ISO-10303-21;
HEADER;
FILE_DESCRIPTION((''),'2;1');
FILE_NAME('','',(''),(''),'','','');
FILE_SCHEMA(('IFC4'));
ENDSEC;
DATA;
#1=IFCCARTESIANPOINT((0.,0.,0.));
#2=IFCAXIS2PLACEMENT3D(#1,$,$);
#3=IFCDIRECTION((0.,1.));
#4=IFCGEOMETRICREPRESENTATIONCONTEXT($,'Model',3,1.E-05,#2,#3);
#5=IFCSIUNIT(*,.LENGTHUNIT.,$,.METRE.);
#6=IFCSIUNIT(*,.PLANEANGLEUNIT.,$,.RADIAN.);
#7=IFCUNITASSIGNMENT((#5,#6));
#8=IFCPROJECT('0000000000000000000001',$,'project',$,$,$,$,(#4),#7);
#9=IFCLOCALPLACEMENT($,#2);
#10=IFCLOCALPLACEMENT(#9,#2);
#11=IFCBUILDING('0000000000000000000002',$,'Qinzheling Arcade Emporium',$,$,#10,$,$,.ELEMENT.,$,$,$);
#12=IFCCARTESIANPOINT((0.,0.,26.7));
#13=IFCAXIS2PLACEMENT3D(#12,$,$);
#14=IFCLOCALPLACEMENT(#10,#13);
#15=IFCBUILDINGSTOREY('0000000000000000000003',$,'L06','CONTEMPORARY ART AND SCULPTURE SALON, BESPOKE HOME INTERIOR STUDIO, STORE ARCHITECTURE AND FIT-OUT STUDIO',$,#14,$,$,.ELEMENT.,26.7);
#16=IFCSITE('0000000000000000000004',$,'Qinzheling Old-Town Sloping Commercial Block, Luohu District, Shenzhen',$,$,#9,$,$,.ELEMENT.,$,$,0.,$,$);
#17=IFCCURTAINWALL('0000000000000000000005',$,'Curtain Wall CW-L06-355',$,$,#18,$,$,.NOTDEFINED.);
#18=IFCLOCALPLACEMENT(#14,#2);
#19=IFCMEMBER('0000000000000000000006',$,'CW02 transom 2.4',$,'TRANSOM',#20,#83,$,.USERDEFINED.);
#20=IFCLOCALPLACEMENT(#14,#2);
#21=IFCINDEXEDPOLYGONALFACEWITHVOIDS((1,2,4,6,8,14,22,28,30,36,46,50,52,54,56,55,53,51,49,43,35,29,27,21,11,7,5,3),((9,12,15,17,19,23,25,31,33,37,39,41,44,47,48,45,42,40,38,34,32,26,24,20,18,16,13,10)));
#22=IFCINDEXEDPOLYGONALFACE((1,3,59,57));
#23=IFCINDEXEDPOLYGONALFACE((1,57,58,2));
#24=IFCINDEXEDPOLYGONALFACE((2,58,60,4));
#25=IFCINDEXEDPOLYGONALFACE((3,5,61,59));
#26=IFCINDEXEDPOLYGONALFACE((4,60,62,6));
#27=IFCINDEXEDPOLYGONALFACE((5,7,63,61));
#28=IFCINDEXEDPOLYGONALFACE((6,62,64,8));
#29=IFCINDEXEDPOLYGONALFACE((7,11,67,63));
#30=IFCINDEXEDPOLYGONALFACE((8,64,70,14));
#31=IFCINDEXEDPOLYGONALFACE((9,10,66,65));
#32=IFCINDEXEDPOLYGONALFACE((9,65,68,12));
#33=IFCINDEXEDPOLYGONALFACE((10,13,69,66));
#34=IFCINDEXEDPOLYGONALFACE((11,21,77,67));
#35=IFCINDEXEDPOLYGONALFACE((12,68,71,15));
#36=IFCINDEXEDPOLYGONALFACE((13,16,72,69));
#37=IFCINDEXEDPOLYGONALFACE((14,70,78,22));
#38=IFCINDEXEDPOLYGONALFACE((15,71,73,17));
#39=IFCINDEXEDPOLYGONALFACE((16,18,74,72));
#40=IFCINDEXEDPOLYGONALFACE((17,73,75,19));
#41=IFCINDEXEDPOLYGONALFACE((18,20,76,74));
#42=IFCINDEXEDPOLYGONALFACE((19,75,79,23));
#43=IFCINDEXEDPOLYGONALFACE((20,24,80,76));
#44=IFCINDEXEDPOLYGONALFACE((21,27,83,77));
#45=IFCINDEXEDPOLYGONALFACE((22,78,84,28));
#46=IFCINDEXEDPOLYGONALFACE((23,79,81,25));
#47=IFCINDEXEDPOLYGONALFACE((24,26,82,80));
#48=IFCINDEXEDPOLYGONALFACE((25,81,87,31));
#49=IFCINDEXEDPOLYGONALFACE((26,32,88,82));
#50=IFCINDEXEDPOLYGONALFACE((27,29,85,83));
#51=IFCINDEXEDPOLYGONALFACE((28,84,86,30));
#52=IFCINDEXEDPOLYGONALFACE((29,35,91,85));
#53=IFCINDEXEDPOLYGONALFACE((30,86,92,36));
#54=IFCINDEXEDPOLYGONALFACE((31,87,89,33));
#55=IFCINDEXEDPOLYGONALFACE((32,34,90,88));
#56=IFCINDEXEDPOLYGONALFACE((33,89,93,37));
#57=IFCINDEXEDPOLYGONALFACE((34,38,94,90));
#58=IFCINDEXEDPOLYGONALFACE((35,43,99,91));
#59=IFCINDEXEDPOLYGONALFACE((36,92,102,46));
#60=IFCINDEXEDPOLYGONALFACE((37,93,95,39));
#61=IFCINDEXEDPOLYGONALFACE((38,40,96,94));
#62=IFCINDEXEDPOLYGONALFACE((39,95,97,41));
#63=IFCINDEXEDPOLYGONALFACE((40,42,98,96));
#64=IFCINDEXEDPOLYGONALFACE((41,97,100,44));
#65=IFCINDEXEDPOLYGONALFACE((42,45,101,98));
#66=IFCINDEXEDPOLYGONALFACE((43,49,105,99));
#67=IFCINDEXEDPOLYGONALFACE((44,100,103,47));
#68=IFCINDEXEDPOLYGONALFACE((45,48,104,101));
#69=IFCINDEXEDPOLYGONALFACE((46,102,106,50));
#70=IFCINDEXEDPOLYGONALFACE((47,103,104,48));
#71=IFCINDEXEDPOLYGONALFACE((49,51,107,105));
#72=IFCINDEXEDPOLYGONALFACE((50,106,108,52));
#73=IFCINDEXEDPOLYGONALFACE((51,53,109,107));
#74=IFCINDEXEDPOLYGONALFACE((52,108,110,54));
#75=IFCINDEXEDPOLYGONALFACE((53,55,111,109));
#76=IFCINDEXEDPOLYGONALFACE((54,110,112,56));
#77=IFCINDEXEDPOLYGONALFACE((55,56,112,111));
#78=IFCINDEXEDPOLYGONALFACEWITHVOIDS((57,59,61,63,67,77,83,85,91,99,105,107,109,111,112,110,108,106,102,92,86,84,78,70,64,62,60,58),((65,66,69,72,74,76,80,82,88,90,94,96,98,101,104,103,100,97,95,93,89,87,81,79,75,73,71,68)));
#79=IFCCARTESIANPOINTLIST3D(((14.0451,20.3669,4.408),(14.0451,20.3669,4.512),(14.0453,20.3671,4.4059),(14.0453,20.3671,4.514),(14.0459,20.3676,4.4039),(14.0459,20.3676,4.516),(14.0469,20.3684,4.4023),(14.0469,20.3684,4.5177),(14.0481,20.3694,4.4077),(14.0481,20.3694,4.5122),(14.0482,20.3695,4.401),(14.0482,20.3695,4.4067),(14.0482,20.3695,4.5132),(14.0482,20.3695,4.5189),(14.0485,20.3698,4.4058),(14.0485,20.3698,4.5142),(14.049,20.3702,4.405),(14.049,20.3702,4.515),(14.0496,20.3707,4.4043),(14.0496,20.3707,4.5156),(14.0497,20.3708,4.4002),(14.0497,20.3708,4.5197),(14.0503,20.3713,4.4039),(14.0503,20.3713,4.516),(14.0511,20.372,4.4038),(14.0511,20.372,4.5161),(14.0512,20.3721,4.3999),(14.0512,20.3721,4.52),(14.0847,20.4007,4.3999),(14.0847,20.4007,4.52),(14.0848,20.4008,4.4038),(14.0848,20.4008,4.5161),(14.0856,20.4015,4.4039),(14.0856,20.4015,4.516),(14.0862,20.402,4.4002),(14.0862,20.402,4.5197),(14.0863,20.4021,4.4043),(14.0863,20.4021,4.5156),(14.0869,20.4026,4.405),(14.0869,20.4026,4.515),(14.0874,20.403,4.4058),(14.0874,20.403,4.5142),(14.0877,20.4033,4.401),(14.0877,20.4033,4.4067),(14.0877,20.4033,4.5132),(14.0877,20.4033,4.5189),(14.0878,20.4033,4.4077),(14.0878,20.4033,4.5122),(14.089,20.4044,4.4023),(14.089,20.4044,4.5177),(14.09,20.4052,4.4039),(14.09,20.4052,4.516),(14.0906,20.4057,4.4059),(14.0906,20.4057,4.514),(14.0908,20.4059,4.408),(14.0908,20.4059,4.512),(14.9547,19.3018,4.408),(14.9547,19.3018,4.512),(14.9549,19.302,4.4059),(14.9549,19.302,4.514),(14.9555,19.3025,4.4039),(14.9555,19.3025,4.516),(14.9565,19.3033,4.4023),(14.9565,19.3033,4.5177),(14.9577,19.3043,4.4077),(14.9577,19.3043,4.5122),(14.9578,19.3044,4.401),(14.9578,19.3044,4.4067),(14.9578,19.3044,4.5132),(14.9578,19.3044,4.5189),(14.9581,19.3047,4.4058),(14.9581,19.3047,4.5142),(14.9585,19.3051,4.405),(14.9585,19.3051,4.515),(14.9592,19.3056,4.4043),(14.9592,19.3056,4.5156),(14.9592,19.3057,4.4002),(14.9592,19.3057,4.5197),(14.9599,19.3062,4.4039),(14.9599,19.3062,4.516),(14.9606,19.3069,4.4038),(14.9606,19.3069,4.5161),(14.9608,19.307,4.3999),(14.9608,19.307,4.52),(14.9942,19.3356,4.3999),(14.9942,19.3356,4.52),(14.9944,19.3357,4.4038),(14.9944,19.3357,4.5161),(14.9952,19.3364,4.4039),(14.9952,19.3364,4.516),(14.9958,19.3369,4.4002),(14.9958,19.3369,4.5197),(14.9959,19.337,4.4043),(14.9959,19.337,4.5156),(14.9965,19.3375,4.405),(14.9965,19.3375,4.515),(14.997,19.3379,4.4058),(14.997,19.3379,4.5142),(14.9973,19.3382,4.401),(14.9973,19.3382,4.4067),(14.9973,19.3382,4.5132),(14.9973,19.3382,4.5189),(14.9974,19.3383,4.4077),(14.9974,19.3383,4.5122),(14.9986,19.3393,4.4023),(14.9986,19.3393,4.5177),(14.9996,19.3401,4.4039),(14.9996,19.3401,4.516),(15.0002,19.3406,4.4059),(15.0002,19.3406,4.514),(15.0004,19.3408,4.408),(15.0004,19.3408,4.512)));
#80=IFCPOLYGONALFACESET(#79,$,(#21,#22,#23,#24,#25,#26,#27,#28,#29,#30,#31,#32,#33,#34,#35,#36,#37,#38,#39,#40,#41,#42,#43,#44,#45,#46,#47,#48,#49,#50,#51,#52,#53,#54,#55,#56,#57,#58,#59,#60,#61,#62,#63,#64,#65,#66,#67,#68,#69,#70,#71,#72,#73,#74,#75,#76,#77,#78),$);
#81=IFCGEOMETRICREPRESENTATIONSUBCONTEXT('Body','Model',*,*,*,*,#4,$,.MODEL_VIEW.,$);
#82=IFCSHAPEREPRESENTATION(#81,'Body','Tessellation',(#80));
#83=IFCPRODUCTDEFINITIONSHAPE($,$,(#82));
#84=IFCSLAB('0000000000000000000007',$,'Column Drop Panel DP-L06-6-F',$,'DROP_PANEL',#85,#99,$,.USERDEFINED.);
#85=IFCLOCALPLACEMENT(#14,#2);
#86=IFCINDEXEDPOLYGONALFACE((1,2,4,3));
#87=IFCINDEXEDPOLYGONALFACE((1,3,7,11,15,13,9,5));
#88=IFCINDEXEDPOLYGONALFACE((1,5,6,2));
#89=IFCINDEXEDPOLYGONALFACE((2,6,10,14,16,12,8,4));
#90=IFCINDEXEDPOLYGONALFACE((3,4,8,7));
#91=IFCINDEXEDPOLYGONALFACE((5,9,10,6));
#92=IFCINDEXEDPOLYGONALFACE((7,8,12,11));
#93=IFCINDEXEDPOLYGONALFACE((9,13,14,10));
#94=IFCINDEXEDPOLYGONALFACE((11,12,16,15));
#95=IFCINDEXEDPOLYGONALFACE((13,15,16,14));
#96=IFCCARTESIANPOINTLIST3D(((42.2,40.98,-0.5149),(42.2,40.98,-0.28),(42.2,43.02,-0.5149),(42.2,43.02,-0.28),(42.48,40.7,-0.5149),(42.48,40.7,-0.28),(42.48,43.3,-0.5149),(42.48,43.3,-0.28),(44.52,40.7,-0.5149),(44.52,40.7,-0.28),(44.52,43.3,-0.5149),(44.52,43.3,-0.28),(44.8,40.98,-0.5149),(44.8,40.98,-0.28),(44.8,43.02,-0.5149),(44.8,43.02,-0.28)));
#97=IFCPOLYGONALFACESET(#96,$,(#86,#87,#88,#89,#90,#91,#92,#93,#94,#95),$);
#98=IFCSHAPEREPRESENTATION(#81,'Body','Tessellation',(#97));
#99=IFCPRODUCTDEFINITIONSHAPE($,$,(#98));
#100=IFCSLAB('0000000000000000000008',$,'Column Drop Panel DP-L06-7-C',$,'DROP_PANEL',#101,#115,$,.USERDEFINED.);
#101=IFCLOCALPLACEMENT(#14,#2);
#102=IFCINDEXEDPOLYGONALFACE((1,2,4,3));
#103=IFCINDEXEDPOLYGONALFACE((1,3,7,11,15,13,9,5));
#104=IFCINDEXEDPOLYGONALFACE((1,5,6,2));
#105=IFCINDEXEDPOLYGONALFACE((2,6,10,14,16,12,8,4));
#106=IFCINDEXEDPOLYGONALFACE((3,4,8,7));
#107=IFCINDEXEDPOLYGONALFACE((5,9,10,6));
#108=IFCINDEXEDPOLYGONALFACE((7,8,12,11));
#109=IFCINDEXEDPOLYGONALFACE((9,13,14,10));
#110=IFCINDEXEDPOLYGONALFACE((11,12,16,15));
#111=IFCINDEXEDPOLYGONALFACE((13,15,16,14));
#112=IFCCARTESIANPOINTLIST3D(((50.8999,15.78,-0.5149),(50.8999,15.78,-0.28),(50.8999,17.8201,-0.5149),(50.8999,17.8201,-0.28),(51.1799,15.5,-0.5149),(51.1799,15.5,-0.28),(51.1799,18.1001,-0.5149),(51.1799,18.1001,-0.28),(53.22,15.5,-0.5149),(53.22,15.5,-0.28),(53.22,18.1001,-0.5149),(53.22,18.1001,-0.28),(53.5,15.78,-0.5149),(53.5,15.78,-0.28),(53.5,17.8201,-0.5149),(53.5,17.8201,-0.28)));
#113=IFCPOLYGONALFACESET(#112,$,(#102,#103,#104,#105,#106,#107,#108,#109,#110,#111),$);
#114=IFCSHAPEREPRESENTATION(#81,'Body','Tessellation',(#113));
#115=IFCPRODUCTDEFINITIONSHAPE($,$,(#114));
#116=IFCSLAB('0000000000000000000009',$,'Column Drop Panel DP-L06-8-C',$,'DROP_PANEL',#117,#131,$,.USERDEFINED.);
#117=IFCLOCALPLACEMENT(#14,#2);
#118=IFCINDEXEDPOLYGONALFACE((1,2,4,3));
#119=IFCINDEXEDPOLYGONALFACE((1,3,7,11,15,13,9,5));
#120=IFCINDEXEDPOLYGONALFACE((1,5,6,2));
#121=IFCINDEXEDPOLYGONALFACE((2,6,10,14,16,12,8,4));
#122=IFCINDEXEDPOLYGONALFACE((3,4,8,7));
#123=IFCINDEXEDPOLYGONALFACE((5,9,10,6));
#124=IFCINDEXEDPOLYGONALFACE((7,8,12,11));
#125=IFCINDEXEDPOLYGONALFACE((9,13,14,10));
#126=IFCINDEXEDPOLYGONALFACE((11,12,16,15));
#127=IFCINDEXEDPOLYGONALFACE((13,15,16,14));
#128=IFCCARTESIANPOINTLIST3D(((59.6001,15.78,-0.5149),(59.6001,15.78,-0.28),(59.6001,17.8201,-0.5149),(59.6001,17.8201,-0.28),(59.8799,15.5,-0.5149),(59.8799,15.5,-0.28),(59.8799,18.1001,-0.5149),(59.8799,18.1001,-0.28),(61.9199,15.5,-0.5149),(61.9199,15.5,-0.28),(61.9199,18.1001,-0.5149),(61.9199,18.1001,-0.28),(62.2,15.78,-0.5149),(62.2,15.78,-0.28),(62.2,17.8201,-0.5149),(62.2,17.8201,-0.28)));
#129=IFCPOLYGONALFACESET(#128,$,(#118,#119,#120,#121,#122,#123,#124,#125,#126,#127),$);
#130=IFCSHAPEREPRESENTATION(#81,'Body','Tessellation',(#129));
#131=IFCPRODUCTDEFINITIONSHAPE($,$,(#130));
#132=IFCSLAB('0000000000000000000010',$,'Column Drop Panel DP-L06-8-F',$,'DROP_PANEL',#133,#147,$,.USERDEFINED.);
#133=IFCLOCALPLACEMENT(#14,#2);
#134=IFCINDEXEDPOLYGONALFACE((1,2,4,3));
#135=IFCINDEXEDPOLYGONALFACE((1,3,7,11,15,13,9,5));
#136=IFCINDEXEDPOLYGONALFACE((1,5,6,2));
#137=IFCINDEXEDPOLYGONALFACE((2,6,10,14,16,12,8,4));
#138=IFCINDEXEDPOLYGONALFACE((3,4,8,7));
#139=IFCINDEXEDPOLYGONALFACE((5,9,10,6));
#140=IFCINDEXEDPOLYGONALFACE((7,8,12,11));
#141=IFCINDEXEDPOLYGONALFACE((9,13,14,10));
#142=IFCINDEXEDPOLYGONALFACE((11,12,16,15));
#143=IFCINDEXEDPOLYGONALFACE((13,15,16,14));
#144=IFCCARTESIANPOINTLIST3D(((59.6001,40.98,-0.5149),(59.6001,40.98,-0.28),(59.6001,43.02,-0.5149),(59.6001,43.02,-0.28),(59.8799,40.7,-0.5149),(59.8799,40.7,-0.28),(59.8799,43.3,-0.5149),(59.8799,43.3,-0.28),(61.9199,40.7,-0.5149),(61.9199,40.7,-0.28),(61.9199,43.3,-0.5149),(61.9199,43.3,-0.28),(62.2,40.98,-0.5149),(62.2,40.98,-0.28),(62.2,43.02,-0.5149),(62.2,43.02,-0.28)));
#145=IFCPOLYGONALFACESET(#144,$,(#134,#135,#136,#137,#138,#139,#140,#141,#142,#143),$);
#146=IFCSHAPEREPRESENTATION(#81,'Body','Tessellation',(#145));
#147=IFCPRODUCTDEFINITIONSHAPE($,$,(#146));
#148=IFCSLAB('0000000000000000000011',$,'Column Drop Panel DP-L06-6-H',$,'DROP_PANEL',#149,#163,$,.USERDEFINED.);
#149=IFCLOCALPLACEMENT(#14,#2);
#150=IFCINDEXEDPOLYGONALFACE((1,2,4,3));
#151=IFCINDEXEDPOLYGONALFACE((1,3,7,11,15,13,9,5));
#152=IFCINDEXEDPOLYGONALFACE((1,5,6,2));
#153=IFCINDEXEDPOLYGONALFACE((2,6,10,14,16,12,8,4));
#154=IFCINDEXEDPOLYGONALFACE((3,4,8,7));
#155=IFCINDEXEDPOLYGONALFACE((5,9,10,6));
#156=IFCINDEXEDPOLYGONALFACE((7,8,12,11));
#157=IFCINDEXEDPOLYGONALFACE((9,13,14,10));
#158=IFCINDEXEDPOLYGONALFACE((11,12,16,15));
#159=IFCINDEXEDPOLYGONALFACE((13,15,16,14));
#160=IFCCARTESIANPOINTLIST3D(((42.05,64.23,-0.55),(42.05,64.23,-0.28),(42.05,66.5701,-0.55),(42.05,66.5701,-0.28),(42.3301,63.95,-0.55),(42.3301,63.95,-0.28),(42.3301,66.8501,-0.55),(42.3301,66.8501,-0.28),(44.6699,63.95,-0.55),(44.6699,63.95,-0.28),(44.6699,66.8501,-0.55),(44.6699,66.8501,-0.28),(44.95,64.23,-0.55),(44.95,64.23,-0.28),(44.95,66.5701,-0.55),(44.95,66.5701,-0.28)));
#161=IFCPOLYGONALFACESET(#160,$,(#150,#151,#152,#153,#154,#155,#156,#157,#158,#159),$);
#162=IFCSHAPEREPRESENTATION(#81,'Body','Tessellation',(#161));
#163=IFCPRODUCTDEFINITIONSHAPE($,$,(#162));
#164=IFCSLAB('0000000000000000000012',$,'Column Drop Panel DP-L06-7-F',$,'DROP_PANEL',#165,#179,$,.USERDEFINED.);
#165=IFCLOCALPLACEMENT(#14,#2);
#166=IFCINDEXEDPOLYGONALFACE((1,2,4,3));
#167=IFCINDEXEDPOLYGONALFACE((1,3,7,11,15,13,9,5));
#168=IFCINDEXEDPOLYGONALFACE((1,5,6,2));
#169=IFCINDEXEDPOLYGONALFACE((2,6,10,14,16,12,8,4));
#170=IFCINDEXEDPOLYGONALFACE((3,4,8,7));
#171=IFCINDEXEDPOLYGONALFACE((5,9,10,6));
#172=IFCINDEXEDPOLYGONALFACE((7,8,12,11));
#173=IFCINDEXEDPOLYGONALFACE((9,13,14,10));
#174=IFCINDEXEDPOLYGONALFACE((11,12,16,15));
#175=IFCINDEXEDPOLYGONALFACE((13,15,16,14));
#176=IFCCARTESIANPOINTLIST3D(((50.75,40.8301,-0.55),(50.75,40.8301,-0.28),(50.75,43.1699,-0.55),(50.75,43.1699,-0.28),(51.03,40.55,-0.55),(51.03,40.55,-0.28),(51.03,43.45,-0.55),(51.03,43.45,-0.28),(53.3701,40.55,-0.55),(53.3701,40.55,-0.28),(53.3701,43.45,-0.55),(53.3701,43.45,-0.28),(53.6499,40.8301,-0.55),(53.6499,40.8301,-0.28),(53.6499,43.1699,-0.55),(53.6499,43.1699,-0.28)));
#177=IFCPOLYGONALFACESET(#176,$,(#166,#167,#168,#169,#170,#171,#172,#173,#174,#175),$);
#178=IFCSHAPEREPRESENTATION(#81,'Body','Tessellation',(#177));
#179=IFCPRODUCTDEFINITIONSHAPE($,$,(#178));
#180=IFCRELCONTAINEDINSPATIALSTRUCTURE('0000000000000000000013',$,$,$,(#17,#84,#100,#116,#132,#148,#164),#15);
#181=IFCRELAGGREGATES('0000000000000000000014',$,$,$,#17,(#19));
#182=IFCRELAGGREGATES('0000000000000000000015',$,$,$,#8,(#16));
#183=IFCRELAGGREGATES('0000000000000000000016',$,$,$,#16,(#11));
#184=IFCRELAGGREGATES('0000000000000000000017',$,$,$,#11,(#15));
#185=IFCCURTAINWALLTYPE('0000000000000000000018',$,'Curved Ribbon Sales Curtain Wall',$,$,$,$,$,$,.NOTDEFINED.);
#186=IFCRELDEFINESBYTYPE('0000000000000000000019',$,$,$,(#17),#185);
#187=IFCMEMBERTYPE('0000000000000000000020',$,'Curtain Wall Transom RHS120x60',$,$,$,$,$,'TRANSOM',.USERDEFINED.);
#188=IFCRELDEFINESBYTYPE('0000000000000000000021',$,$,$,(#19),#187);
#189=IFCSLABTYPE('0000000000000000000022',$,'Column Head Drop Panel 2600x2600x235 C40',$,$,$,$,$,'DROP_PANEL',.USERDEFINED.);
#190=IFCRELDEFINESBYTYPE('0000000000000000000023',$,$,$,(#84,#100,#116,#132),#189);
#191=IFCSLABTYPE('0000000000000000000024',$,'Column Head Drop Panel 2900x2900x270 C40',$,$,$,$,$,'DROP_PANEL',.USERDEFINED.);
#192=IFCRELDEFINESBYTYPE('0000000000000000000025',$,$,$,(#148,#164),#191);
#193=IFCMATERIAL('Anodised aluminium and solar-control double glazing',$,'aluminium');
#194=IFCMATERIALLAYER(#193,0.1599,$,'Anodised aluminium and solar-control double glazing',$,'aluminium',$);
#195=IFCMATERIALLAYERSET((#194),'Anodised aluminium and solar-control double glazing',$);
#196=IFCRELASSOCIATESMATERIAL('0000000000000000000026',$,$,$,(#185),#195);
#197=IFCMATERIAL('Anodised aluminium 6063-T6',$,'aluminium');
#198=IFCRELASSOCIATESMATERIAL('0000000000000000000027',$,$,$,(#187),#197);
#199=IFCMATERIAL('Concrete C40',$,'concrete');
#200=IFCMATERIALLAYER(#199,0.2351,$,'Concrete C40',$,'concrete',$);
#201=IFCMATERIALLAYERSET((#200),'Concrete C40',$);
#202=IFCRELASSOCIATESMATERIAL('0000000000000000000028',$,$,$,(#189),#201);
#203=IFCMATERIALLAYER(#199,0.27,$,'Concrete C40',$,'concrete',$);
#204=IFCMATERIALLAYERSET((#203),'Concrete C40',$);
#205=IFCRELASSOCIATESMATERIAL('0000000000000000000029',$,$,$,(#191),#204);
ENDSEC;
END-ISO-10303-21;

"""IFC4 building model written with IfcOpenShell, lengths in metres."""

from ifc_helpers import new_model, si_unit, direction, frame, origin, origin_2d, place, context, subcontext, project, spatial, polyline, hollow_rectangle, outline, extrude, material, layer, layer_set, material_profile, profile_set, type_object, element, aggregate, save


model = new_model("IFC4")

# Units and contexts
model_context = context("Model", 3, precision=1e-05, world=origin(), true_north=direction((0.0, 1.0)))
body_context = subcontext(model_context, "Body", "Model", "MODEL_VIEW")
ifc_project = project(units=[si_unit("LENGTHUNIT", "METRE"), si_unit("PLANEANGLEUNIT", "RADIAN")], contexts=[model_context])

# Site, building, storey
site_placement = place(None, origin())
site = spatial("IfcSite", under=ifc_project, at=site_placement, Name="Qinzheling Old-Town Sloping Commercial Block, Luohu District, Shenzhen", CompositionType="ELEMENT", RefElevation=0.0)
building_placement = place(site_placement, origin())
building = spatial("IfcBuilding", under=site, at=building_placement, Name="Qinzheling Arcade Emporium", CompositionType="ELEMENT")
storey_placement = place(building_placement, frame((0.0, 0.0, 26.7)))
storey = spatial("IfcBuildingStorey", under=building, at=storey_placement, Name="L06", Description="CONTEMPORARY ART AND SCULPTURE SALON, BESPOKE HOME INTERIOR STUDIO, STORE ARCHITECTURE AND FIT-OUT STUDIO", CompositionType="ELEMENT", Elevation=26.7)

# Curtain wall, member
ifc_material_1 = material(Name="Anodised aluminium and solar-control double glazing", Category="aluminium")
ifc_layer_1 = layer(ifc_material_1, 0.1599, Name="Anodised aluminium and solar-control double glazing", Category="aluminium")
ifc_layer_set_1 = layer_set([ifc_layer_1], Name="Anodised aluminium and solar-control double glazing")
curtain_wall_type = type_object("IfcCurtainWallType", Name="Curved Ribbon Sales Curtain Wall", PredefinedType="NOTDEFINED", material=ifc_layer_set_1)
curtain_wall_placement = place(storey_placement, origin())
curtain_wall = element("IfcCurtainWall", 1, at=curtain_wall_placement, inside=storey, type_object=curtain_wall_type, Name="Curtain Wall CW-L06-355", PredefinedType="NOTDEFINED")
ifc_material_2 = material(Name="Anodised aluminium 6063-T6", Category="aluminium")
ifc_material_profile_1 = material_profile(ifc_material_2, hollow_rectangle(XDim=0.0601, YDim=0.1201, WallThickness=0.0039, InnerFilletRadius=0.0039, OuterFilletRadius=0.0081, at=origin_2d()), Name="RHS 120x60x4", Category="aluminium")
ifc_profile_set_1 = profile_set([ifc_material_profile_1], Name="Anodised aluminium 6063-T6")
member_type_1 = type_object("IfcMemberType", Name="Curtain Wall Transom RHS120x60", ElementType="TRANSOM", PredefinedType="USERDEFINED", material=ifc_profile_set_1)
member_1_placement = place(storey_placement, frame((14.9775, 19.3213, 4.46), z_axis=(-0.649412, 0.760436, 0.0), x_axis=(-0.760436, -0.649412, 0.0)))
member_1 = element("IfcMember", 2, at=member_1_placement, type_object=member_type_1, Name="CW02 transom 2.4", ObjectType="TRANSOM", PredefinedType="USERDEFINED", context=body_context, shape_type="SweptSolid", body=[
    extrude(hollow_rectangle(XDim=0.0601, YDim=0.1201, WallThickness=0.0039, InnerFilletRadius=0.0039, OuterFilletRadius=0.0081, at=origin_2d()), origin(), (0.0, 0.0, 1.0), 1.4006),
])

# Slabs
ifc_material_3 = material(Name="Concrete C40", Category="concrete")
ifc_layer_2 = layer(ifc_material_3, 0.2351, Name="Concrete C40", Category="concrete")
ifc_layer_set_2 = layer_set([ifc_layer_2], Name="Concrete C40")
slab_type_1 = type_object("IfcSlabType", Name="Column Head Drop Panel 2600x2600x235 C40", ElementType="DROP_PANEL", PredefinedType="USERDEFINED", material=ifc_layer_set_2)
slab_1_placement = place(storey_placement, frame((0.0, 0.0, -0.5149)))
element("IfcSlab", 3, at=slab_1_placement, inside=storey, type_object=slab_type_1, Name="Column Drop Panel DP-L06-6-F", ObjectType="DROP_PANEL", PredefinedType="USERDEFINED", context=body_context, shape_type="SweptSolid", body=[
    extrude(outline(polyline([(42.48, 40.7), (44.52, 40.7), (44.8, 40.98), (44.8, 43.02), (44.52, 43.3), (42.48, 43.3), (42.2, 43.02), (42.2, 40.98), (42.48, 40.7)])), origin(), (0.0, 0.0, 1.0), 0.2349),
])
slab_2_placement = place(storey_placement, frame((0.0, 0.0, -0.5149)))
element("IfcSlab", 4, at=slab_2_placement, inside=storey, type_object=slab_type_1, Name="Column Drop Panel DP-L06-7-C", ObjectType="DROP_PANEL", PredefinedType="USERDEFINED", context=body_context, shape_type="SweptSolid", body=[
    extrude(outline(polyline([(51.1799, 15.5), (53.22, 15.5), (53.5, 15.78), (53.5, 17.8201), (53.22, 18.1001), (51.1799, 18.1001), (50.8999, 17.8201), (50.8999, 15.78), (51.1799, 15.5)])), origin(), (0.0, 0.0, 1.0), 0.2349),
])
slab_3_placement = place(storey_placement, frame((0.0, 0.0, -0.5149)))
element("IfcSlab", 5, at=slab_3_placement, inside=storey, type_object=slab_type_1, Name="Column Drop Panel DP-L06-8-C", ObjectType="DROP_PANEL", PredefinedType="USERDEFINED", context=body_context, shape_type="SweptSolid", body=[
    extrude(outline(polyline([(59.8799, 15.5), (61.9199, 15.5), (62.2, 15.78), (62.2, 17.8201), (61.9199, 18.1001), (59.8799, 18.1001), (59.6001, 17.8201), (59.6001, 15.78), (59.8799, 15.5)])), origin(), (0.0, 0.0, 1.0), 0.2349),
])
slab_4_placement = place(storey_placement, frame((0.0, 0.0, -0.5149)))
element("IfcSlab", 6, at=slab_4_placement, inside=storey, type_object=slab_type_1, Name="Column Drop Panel DP-L06-8-F", ObjectType="DROP_PANEL", PredefinedType="USERDEFINED", context=body_context, shape_type="SweptSolid", body=[
    extrude(outline(polyline([(59.8799, 40.7), (61.9199, 40.7), (62.2, 40.98), (62.2, 43.02), (61.9199, 43.3), (59.8799, 43.3), (59.6001, 43.02), (59.6001, 40.98), (59.8799, 40.7)])), origin(), (0.0, 0.0, 1.0), 0.2349),
])
ifc_layer_3 = layer(ifc_material_3, 0.27, Name="Concrete C40", Category="concrete")
ifc_layer_set_3 = layer_set([ifc_layer_3], Name="Concrete C40")
slab_type_2 = type_object("IfcSlabType", Name="Column Head Drop Panel 2900x2900x270 C40", ElementType="DROP_PANEL", PredefinedType="USERDEFINED", material=ifc_layer_set_3)
slab_5_placement = place(storey_placement, frame((0.0, 0.0, -0.55)))
element("IfcSlab", 7, at=slab_5_placement, inside=storey, type_object=slab_type_2, Name="Column Drop Panel DP-L06-6-H", ObjectType="DROP_PANEL", PredefinedType="USERDEFINED", context=body_context, shape_type="SweptSolid", body=[
    extrude(outline(polyline([(42.3301, 63.95), (44.6699, 63.95), (44.95, 64.23), (44.95, 66.5701), (44.6699, 66.8501), (42.3301, 66.8501), (42.05, 66.5701), (42.05, 64.23), (42.3301, 63.95)])), origin(), (0.0, 0.0, 1.0), 0.27),
])
slab_6_placement = place(storey_placement, frame((0.0, 0.0, -0.55)))
element("IfcSlab", 8, at=slab_6_placement, inside=storey, type_object=slab_type_2, Name="Column Drop Panel DP-L06-7-F", ObjectType="DROP_PANEL", PredefinedType="USERDEFINED", context=body_context, shape_type="SweptSolid", body=[
    extrude(outline(polyline([(51.03, 40.55), (53.3701, 40.55), (53.6499, 40.8301), (53.6499, 43.1699), (53.3701, 43.45), (51.03, 43.45), (50.75, 43.1699), (50.75, 40.8301), (51.03, 40.55)])), origin(), (0.0, 0.0, 1.0), 0.27),
])

aggregate(curtain_wall, [member_1])

save(model, "model.ifc")
